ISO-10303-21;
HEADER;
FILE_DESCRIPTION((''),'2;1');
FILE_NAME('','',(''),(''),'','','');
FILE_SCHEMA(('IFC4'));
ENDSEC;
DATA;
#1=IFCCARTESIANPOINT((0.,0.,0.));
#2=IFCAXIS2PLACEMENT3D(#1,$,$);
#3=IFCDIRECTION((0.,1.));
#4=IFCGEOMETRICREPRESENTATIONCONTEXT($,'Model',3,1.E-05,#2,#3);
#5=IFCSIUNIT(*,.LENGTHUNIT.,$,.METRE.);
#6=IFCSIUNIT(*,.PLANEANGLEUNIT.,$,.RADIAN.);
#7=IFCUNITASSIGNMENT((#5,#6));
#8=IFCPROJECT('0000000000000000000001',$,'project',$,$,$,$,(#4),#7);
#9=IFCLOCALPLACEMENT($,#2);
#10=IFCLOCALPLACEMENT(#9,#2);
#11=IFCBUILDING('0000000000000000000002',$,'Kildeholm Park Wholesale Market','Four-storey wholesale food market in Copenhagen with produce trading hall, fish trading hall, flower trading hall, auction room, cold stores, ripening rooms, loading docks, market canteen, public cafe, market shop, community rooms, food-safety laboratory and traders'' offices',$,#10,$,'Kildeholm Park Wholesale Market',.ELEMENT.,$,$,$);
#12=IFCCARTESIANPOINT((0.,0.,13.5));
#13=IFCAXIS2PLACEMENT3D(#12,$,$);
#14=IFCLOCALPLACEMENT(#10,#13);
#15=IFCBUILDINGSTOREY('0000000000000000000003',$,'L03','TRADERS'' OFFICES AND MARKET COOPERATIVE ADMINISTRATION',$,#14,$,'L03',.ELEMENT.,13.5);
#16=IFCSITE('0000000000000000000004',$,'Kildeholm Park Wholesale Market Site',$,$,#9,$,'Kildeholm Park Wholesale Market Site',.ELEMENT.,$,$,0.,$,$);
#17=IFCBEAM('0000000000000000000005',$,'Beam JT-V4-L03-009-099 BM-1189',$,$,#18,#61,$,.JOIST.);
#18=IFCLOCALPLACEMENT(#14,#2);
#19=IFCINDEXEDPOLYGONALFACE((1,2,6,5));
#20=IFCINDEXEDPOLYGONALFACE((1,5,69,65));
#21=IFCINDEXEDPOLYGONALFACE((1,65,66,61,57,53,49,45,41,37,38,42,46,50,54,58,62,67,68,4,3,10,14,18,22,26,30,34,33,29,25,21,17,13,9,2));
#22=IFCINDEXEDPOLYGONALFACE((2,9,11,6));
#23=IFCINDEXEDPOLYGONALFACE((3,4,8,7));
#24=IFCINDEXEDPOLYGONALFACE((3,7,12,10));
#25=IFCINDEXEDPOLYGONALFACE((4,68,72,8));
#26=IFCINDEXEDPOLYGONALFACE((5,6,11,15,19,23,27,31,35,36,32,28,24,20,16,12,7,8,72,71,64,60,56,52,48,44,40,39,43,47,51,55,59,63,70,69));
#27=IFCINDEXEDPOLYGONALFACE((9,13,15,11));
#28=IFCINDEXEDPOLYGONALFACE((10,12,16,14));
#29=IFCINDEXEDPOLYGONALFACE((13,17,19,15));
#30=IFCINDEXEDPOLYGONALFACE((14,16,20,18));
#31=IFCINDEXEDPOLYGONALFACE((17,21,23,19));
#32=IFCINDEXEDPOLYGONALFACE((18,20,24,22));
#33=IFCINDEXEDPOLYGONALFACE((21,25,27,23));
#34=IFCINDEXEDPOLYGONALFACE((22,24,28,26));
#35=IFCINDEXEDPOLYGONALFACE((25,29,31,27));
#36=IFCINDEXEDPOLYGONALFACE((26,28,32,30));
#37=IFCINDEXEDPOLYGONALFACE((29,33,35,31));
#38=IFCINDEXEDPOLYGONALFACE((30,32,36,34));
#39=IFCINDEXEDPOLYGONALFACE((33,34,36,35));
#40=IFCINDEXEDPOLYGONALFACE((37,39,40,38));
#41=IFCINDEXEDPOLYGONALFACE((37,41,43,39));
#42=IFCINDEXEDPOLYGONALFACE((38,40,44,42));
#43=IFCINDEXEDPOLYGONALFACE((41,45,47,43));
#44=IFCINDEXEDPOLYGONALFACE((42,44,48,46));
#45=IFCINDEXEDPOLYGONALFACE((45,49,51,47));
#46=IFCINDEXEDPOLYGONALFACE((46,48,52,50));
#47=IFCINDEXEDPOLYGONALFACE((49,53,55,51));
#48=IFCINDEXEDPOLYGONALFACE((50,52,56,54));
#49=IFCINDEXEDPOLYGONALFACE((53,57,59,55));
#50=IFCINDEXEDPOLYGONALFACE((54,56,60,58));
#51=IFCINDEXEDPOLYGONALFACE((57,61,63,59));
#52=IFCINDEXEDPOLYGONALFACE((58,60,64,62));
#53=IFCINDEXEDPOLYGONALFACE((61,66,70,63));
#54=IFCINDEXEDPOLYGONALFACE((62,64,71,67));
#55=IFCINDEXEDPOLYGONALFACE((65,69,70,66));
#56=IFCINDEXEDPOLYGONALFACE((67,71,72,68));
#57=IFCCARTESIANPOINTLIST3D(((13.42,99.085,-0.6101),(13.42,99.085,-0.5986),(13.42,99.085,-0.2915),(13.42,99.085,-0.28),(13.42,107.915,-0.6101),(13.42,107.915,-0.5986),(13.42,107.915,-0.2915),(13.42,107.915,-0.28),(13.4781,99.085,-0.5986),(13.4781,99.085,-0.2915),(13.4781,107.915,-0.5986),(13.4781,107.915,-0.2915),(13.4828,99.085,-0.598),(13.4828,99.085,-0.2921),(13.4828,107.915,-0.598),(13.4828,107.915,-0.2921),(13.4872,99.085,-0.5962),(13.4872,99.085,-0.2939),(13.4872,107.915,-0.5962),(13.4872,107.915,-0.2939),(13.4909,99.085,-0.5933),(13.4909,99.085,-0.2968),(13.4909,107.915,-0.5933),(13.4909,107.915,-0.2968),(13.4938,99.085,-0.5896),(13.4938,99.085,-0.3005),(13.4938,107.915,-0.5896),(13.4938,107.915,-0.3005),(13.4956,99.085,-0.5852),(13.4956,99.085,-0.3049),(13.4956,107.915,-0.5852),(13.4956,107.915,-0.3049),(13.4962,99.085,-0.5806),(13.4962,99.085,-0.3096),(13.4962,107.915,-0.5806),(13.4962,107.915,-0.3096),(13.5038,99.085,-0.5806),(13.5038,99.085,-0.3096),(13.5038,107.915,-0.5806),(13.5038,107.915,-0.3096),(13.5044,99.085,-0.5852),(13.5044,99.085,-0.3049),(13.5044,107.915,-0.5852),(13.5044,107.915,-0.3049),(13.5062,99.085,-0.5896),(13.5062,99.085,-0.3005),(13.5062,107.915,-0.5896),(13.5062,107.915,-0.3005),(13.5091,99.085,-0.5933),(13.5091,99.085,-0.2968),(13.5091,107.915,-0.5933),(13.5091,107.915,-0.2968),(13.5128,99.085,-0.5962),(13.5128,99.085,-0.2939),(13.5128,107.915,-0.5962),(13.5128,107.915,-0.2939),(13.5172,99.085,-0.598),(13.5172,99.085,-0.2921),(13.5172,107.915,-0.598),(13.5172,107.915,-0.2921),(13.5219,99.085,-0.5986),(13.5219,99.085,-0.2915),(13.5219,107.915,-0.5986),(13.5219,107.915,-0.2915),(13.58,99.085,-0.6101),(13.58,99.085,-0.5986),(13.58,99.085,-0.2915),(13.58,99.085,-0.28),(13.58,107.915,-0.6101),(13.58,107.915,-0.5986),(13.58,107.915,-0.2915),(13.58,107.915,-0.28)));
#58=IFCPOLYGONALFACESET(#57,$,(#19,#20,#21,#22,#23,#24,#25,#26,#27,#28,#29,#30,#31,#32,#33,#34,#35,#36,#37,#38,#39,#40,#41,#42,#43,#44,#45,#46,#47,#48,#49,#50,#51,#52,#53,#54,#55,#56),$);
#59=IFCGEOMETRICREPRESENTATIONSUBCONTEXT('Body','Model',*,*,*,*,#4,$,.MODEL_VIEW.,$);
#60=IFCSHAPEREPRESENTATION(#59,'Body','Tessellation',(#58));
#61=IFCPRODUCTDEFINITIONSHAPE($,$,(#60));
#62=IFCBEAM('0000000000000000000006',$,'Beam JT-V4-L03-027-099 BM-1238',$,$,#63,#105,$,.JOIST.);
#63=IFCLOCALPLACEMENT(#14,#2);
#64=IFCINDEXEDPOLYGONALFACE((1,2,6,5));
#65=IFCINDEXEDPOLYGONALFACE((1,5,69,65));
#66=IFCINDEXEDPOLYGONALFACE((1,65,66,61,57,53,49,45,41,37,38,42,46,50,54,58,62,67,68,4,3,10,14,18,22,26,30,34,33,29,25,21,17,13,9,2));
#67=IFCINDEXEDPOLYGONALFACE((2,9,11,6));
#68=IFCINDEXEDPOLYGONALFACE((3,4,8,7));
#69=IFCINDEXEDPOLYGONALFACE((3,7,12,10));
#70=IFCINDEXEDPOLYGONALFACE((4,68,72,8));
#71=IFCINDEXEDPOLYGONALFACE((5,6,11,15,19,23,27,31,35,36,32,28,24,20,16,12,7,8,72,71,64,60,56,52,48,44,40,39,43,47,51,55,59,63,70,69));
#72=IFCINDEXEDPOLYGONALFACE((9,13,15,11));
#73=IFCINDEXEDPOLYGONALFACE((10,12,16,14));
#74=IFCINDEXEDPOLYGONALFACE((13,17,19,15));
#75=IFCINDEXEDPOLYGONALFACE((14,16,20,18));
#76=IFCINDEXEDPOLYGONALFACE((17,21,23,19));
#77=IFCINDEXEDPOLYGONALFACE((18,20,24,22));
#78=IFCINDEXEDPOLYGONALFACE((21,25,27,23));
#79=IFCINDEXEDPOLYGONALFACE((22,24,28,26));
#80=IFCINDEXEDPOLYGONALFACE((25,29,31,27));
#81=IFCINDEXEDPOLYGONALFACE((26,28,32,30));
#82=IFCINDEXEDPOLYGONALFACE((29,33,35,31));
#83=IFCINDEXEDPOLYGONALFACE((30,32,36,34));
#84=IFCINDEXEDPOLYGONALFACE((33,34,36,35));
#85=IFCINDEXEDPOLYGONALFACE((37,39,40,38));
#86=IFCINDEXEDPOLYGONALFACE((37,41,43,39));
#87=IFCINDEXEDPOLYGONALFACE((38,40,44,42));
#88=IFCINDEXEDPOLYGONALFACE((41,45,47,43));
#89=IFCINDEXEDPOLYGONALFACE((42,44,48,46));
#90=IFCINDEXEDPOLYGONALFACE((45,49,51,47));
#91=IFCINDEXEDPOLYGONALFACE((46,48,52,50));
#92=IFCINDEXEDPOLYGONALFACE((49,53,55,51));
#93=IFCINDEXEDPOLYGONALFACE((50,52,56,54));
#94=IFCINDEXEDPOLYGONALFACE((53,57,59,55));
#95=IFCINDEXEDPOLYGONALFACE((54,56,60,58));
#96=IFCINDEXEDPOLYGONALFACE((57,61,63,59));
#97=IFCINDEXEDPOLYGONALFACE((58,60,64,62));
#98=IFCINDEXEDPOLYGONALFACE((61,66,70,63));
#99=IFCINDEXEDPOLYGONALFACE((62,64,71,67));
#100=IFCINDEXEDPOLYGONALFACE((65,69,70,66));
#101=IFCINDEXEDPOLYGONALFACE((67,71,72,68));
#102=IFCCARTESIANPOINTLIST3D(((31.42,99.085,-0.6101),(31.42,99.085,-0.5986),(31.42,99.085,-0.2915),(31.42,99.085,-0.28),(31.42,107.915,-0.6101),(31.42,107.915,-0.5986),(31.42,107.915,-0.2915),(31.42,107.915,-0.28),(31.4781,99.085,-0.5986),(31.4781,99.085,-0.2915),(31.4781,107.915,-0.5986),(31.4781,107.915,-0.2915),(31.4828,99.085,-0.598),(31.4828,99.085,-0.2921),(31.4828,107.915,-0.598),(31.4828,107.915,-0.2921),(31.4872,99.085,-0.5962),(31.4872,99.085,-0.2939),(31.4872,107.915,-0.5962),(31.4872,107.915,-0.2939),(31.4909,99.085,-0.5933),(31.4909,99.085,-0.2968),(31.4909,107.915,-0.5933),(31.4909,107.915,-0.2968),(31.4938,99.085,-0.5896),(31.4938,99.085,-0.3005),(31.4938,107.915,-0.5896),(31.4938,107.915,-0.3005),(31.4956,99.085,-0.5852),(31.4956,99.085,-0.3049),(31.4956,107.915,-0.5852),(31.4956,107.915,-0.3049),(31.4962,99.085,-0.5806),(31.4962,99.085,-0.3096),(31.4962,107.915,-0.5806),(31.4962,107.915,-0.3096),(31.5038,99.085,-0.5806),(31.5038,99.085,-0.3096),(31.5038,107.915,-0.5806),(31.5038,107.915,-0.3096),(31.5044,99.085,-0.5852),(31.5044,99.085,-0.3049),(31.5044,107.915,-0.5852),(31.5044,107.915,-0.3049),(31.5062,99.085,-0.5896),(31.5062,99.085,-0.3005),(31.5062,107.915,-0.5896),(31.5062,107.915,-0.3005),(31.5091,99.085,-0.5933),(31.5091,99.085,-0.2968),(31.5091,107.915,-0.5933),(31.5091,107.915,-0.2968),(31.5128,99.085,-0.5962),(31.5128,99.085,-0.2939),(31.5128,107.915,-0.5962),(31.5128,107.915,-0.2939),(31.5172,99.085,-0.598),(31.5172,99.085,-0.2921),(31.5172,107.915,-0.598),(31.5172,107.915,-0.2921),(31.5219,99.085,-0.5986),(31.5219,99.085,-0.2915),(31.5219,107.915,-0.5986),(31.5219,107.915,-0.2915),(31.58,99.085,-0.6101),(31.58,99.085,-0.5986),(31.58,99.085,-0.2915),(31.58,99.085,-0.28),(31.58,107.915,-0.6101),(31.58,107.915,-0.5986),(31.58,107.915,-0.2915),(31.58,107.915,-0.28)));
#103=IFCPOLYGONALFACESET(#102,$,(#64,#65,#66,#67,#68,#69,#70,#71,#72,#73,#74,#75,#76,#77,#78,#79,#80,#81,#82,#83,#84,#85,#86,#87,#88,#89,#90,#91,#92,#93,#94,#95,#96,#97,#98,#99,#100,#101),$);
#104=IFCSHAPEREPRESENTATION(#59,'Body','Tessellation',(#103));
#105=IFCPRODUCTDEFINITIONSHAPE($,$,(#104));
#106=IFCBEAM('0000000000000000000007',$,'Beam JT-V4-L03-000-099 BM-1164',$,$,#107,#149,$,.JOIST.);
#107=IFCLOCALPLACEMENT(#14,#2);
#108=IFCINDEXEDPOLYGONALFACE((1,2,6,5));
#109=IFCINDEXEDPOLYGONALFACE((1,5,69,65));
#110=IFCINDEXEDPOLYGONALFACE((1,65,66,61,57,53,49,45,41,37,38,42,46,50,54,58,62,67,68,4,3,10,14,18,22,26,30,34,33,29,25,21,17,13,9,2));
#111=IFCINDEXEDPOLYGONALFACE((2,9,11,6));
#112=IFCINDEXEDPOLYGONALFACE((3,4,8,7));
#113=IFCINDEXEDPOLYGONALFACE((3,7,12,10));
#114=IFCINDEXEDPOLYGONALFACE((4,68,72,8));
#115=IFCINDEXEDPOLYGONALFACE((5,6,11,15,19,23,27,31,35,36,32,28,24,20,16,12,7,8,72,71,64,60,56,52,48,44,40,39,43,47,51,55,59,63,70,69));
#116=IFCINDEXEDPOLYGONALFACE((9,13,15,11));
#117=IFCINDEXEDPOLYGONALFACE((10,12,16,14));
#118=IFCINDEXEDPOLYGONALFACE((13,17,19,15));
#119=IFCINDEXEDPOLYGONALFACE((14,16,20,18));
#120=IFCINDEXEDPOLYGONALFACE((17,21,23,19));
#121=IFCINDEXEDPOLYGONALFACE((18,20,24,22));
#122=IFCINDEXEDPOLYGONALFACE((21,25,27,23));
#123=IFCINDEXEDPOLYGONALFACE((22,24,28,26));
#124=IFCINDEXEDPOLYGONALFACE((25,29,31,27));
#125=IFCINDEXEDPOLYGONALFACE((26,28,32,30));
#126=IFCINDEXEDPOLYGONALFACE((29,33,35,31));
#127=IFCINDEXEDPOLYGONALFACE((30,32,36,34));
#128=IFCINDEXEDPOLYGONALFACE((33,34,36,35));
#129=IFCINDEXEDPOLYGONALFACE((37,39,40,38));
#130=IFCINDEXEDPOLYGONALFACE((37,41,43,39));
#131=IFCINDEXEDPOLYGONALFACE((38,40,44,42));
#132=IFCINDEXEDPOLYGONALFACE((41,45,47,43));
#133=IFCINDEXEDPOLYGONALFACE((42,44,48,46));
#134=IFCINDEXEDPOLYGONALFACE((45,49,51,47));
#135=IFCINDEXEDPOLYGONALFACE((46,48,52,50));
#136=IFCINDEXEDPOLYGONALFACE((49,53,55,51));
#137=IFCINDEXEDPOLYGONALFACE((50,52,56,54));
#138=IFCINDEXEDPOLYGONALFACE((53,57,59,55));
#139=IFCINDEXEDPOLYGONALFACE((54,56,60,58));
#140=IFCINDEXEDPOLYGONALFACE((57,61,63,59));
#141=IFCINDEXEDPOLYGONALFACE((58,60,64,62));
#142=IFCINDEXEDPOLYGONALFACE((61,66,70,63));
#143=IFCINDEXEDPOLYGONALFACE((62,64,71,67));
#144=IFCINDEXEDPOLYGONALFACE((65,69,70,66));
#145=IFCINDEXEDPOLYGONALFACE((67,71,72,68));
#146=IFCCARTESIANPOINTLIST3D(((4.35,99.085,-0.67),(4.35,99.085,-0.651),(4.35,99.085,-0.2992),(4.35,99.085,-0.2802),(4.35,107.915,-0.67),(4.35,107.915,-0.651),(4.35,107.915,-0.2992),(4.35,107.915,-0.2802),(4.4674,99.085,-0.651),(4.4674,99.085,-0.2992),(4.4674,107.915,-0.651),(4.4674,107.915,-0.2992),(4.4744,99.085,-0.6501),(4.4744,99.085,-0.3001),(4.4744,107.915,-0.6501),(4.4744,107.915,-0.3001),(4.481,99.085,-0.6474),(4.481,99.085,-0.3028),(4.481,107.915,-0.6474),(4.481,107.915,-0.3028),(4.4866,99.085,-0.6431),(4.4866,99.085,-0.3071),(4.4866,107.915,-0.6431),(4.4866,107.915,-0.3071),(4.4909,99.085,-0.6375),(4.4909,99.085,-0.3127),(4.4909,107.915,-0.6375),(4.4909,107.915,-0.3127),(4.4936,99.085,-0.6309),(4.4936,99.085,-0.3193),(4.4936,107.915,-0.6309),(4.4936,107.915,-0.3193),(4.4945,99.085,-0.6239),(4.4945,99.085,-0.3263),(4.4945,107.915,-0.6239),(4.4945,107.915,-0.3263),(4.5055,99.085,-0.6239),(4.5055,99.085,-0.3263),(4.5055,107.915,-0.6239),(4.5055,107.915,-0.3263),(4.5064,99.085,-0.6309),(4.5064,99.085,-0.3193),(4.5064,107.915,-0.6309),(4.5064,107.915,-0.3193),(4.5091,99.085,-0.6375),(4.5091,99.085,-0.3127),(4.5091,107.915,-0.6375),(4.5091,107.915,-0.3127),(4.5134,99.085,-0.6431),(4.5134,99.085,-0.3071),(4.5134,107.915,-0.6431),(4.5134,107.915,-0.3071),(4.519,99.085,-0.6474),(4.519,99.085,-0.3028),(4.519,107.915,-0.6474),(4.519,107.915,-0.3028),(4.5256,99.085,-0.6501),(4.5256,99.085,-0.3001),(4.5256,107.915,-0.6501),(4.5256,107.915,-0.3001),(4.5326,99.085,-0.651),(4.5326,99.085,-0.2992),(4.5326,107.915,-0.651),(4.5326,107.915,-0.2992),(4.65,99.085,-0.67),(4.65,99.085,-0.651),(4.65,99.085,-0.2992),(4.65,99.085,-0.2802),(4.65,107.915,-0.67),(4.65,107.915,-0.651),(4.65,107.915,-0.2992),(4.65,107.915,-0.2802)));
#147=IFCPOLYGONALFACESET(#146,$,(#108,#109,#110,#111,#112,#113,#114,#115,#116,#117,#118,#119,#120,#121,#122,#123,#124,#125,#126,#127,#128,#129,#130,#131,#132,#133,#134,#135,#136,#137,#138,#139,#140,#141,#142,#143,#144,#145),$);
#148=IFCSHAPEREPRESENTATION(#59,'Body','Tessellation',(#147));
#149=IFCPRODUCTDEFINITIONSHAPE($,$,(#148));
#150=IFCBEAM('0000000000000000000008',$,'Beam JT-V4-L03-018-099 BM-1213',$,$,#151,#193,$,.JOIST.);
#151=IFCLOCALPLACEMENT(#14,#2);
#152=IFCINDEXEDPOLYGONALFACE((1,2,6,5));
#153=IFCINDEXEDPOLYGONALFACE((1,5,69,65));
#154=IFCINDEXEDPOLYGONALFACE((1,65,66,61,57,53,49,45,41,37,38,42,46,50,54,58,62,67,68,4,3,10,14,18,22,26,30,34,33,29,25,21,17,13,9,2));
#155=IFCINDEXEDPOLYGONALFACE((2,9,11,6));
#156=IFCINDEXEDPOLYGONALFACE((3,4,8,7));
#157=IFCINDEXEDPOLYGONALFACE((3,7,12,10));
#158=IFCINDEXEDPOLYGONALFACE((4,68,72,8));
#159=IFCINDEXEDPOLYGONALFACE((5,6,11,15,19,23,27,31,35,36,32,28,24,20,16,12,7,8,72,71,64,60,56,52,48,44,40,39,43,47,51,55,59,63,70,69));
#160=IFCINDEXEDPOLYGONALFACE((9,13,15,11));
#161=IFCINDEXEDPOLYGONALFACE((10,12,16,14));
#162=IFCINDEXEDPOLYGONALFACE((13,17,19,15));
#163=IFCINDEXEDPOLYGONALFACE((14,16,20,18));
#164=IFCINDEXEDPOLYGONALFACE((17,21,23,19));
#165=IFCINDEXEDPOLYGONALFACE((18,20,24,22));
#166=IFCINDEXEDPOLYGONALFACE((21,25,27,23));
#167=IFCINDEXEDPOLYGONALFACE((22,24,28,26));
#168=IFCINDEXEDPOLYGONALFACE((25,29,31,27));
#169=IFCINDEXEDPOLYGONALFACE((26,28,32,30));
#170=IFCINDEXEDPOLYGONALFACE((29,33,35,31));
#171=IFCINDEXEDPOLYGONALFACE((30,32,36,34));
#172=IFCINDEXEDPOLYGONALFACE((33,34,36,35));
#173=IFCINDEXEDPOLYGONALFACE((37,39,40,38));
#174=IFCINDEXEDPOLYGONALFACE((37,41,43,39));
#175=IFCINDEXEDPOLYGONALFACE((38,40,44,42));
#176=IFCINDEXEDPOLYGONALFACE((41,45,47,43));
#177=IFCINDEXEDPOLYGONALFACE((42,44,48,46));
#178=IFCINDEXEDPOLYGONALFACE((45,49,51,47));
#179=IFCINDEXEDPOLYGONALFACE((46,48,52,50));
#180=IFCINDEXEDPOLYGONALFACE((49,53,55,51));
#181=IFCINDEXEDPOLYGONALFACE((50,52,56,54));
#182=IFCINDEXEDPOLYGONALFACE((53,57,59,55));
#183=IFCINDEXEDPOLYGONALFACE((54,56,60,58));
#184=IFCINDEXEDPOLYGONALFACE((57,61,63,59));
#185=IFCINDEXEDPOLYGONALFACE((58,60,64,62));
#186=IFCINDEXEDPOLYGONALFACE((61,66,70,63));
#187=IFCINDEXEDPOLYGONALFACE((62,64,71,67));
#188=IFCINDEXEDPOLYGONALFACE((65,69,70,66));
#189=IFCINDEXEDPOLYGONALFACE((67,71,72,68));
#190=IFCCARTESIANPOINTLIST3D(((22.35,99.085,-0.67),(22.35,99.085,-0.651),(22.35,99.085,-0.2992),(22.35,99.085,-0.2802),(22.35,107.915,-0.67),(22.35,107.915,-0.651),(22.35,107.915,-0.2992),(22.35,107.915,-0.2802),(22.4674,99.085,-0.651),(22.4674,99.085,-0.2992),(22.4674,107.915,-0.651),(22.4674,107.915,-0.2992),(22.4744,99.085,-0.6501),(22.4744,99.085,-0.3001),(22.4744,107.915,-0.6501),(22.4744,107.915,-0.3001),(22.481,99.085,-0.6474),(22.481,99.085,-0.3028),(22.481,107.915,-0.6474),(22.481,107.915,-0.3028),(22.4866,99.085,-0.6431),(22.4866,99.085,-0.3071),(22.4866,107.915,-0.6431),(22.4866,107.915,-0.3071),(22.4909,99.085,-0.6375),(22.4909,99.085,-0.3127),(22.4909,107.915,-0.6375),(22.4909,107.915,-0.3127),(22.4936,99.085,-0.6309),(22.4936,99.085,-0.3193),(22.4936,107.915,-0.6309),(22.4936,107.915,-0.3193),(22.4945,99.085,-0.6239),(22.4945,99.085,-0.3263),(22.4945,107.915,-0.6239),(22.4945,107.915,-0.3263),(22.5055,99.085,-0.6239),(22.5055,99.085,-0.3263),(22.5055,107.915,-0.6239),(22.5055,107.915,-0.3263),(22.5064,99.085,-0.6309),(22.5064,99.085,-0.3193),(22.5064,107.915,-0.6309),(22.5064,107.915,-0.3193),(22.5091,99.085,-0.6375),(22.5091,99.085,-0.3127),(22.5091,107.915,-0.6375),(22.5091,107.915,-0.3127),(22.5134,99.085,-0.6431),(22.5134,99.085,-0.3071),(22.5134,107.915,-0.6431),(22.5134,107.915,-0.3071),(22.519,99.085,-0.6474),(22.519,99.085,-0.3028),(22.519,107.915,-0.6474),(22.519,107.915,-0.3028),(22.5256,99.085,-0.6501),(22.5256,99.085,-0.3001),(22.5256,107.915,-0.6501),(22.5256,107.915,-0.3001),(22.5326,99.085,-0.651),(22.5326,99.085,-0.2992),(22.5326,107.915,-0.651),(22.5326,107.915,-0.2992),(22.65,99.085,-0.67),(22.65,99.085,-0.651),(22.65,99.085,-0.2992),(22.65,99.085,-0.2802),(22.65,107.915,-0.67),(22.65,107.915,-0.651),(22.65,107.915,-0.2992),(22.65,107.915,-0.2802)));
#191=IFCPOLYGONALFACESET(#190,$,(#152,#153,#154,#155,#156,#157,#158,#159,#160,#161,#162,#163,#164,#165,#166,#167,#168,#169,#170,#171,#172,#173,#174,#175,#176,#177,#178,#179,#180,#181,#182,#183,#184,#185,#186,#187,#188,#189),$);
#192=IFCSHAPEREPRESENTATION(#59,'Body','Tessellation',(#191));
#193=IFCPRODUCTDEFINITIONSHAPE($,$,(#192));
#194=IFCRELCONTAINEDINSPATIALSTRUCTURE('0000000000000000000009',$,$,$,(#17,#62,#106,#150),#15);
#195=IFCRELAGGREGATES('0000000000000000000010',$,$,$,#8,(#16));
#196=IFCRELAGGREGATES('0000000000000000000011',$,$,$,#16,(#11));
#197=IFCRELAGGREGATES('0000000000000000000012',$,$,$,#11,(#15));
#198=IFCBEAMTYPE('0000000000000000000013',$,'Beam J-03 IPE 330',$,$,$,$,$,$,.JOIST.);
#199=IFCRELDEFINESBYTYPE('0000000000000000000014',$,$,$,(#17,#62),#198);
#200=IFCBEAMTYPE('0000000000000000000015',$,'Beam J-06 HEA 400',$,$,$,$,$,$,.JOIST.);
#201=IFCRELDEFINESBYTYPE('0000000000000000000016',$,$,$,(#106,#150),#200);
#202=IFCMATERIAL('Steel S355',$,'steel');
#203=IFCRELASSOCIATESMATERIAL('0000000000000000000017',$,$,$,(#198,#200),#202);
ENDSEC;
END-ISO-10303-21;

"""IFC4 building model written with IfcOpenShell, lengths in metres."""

from ifc_helpers import new_model, si_unit, direction, frame, origin, origin_2d, place, context, subcontext, project, spatial, i_section, extrude, material, material_profile, profile_set, type_object, element, save


model = new_model("IFC4")

# Units and contexts
model_context = context("Model", 3, precision=1e-05, world=origin(), true_north=direction((0.0, 1.0)))
body_context = subcontext(model_context, "Body", "Model", "MODEL_VIEW")
ifc_project = project(units=[si_unit("LENGTHUNIT", "METRE"), si_unit("PLANEANGLEUNIT", "RADIAN")], contexts=[model_context])

# Site, building, storey
site_placement = place(None, origin())
site = spatial("IfcSite", under=ifc_project, at=site_placement, Name="Kildeholm Park Wholesale Market Site", LongName="Kildeholm Park Wholesale Market Site", CompositionType="ELEMENT", RefElevation=0.0)
building_placement = place(site_placement, origin())
building = spatial("IfcBuilding", under=site, at=building_placement, Name="Kildeholm Park Wholesale Market", Description="Four-storey wholesale food market in Copenhagen with produce trading hall, fish trading hall, flower trading hall, auction room, cold stores, ripening rooms, loading docks, market canteen, public cafe, market shop, community rooms, food-safety laboratory and traders' offices", LongName="Kildeholm Park Wholesale Market", CompositionType="ELEMENT")
storey_placement = place(building_placement, frame((0.0, 0.0, 13.5)))
storey = spatial("IfcBuildingStorey", under=building, at=storey_placement, Name="L03", Description="TRADERS' OFFICES AND MARKET COOPERATIVE ADMINISTRATION", LongName="L03", CompositionType="ELEMENT", Elevation=13.5)

# Shared definitions
ifc_material_1 = material(Name="Steel S355", Category="steel")

# Beams
ifc_material_profile_1 = material_profile(ifc_material_1, i_section(OverallWidth=0.1599, OverallDepth=0.3301, WebThickness=0.0076, FlangeThickness=0.0115, FilletRadius=0.0181, at=origin_2d()), Name="IPE 330")
ifc_profile_set_1 = profile_set([ifc_material_profile_1], Name="Steel S355")
beam_type_1 = type_object("IfcBeamType", Name="Beam J-03 IPE 330", PredefinedType="JOIST", material=ifc_profile_set_1)
for number, where, z_axis, x_axis, name in (
    (1, (13.5, 99.085, -0.4451), (0.0, 1.0, 0.0), (-1.0, 0.0, 0.0), "Beam JT-V4-L03-009-099 BM-1189"),
    (2, (31.5, 99.085, -0.4451), (0.0, 1.0, 0.0), (-1.0, 0.0, 0.0), "Beam JT-V4-L03-027-099 BM-1238"),
):
    element("IfcBeam", number, at=place(storey_placement, frame(where, z_axis=z_axis, x_axis=x_axis)), inside=storey, type_object=beam_type_1, Name=name, PredefinedType="JOIST", context=body_context, shape_type="SweptSolid", body=[
        extrude(i_section(OverallWidth=0.1599, OverallDepth=0.3301, WebThickness=0.0076, FlangeThickness=0.0115, FilletRadius=0.0181, at=origin_2d()), origin(), (0.0, 0.0, 1.0), 8.8301),
    ])
ifc_material_profile_2 = material_profile(ifc_material_1, i_section(OverallWidth=0.3, OverallDepth=0.3899, WebThickness=0.011, FlangeThickness=0.019, FilletRadius=0.0271, at=origin_2d()), Name="HEA 400")
ifc_profile_set_2 = profile_set([ifc_material_profile_2], Name="Steel S355")
beam_type_2 = type_object("IfcBeamType", Name="Beam J-06 HEA 400", PredefinedType="JOIST", material=ifc_profile_set_2)
for number, where, z_axis, x_axis, name in (
    (3, (4.5, 99.085, -0.4751), (0.0, 1.0, 0.0), (-1.0, 0.0, 0.0), "Beam JT-V4-L03-000-099 BM-1164"),
    (4, (22.5, 99.085, -0.4751), (0.0, 1.0, 0.0), (-1.0, 0.0, 0.0), "Beam JT-V4-L03-018-099 BM-1213"),
):
    element("IfcBeam", number, at=place(storey_placement, frame(where, z_axis=z_axis, x_axis=x_axis)), inside=storey, type_object=beam_type_2, Name=name, PredefinedType="JOIST", context=body_context, shape_type="SweptSolid", body=[
        extrude(i_section(OverallWidth=0.3, OverallDepth=0.3899, WebThickness=0.011, FlangeThickness=0.019, FilletRadius=0.0271, at=origin_2d()), origin(), (0.0, 0.0, 1.0), 8.8301),
    ])

save(model, "model.ifc")
